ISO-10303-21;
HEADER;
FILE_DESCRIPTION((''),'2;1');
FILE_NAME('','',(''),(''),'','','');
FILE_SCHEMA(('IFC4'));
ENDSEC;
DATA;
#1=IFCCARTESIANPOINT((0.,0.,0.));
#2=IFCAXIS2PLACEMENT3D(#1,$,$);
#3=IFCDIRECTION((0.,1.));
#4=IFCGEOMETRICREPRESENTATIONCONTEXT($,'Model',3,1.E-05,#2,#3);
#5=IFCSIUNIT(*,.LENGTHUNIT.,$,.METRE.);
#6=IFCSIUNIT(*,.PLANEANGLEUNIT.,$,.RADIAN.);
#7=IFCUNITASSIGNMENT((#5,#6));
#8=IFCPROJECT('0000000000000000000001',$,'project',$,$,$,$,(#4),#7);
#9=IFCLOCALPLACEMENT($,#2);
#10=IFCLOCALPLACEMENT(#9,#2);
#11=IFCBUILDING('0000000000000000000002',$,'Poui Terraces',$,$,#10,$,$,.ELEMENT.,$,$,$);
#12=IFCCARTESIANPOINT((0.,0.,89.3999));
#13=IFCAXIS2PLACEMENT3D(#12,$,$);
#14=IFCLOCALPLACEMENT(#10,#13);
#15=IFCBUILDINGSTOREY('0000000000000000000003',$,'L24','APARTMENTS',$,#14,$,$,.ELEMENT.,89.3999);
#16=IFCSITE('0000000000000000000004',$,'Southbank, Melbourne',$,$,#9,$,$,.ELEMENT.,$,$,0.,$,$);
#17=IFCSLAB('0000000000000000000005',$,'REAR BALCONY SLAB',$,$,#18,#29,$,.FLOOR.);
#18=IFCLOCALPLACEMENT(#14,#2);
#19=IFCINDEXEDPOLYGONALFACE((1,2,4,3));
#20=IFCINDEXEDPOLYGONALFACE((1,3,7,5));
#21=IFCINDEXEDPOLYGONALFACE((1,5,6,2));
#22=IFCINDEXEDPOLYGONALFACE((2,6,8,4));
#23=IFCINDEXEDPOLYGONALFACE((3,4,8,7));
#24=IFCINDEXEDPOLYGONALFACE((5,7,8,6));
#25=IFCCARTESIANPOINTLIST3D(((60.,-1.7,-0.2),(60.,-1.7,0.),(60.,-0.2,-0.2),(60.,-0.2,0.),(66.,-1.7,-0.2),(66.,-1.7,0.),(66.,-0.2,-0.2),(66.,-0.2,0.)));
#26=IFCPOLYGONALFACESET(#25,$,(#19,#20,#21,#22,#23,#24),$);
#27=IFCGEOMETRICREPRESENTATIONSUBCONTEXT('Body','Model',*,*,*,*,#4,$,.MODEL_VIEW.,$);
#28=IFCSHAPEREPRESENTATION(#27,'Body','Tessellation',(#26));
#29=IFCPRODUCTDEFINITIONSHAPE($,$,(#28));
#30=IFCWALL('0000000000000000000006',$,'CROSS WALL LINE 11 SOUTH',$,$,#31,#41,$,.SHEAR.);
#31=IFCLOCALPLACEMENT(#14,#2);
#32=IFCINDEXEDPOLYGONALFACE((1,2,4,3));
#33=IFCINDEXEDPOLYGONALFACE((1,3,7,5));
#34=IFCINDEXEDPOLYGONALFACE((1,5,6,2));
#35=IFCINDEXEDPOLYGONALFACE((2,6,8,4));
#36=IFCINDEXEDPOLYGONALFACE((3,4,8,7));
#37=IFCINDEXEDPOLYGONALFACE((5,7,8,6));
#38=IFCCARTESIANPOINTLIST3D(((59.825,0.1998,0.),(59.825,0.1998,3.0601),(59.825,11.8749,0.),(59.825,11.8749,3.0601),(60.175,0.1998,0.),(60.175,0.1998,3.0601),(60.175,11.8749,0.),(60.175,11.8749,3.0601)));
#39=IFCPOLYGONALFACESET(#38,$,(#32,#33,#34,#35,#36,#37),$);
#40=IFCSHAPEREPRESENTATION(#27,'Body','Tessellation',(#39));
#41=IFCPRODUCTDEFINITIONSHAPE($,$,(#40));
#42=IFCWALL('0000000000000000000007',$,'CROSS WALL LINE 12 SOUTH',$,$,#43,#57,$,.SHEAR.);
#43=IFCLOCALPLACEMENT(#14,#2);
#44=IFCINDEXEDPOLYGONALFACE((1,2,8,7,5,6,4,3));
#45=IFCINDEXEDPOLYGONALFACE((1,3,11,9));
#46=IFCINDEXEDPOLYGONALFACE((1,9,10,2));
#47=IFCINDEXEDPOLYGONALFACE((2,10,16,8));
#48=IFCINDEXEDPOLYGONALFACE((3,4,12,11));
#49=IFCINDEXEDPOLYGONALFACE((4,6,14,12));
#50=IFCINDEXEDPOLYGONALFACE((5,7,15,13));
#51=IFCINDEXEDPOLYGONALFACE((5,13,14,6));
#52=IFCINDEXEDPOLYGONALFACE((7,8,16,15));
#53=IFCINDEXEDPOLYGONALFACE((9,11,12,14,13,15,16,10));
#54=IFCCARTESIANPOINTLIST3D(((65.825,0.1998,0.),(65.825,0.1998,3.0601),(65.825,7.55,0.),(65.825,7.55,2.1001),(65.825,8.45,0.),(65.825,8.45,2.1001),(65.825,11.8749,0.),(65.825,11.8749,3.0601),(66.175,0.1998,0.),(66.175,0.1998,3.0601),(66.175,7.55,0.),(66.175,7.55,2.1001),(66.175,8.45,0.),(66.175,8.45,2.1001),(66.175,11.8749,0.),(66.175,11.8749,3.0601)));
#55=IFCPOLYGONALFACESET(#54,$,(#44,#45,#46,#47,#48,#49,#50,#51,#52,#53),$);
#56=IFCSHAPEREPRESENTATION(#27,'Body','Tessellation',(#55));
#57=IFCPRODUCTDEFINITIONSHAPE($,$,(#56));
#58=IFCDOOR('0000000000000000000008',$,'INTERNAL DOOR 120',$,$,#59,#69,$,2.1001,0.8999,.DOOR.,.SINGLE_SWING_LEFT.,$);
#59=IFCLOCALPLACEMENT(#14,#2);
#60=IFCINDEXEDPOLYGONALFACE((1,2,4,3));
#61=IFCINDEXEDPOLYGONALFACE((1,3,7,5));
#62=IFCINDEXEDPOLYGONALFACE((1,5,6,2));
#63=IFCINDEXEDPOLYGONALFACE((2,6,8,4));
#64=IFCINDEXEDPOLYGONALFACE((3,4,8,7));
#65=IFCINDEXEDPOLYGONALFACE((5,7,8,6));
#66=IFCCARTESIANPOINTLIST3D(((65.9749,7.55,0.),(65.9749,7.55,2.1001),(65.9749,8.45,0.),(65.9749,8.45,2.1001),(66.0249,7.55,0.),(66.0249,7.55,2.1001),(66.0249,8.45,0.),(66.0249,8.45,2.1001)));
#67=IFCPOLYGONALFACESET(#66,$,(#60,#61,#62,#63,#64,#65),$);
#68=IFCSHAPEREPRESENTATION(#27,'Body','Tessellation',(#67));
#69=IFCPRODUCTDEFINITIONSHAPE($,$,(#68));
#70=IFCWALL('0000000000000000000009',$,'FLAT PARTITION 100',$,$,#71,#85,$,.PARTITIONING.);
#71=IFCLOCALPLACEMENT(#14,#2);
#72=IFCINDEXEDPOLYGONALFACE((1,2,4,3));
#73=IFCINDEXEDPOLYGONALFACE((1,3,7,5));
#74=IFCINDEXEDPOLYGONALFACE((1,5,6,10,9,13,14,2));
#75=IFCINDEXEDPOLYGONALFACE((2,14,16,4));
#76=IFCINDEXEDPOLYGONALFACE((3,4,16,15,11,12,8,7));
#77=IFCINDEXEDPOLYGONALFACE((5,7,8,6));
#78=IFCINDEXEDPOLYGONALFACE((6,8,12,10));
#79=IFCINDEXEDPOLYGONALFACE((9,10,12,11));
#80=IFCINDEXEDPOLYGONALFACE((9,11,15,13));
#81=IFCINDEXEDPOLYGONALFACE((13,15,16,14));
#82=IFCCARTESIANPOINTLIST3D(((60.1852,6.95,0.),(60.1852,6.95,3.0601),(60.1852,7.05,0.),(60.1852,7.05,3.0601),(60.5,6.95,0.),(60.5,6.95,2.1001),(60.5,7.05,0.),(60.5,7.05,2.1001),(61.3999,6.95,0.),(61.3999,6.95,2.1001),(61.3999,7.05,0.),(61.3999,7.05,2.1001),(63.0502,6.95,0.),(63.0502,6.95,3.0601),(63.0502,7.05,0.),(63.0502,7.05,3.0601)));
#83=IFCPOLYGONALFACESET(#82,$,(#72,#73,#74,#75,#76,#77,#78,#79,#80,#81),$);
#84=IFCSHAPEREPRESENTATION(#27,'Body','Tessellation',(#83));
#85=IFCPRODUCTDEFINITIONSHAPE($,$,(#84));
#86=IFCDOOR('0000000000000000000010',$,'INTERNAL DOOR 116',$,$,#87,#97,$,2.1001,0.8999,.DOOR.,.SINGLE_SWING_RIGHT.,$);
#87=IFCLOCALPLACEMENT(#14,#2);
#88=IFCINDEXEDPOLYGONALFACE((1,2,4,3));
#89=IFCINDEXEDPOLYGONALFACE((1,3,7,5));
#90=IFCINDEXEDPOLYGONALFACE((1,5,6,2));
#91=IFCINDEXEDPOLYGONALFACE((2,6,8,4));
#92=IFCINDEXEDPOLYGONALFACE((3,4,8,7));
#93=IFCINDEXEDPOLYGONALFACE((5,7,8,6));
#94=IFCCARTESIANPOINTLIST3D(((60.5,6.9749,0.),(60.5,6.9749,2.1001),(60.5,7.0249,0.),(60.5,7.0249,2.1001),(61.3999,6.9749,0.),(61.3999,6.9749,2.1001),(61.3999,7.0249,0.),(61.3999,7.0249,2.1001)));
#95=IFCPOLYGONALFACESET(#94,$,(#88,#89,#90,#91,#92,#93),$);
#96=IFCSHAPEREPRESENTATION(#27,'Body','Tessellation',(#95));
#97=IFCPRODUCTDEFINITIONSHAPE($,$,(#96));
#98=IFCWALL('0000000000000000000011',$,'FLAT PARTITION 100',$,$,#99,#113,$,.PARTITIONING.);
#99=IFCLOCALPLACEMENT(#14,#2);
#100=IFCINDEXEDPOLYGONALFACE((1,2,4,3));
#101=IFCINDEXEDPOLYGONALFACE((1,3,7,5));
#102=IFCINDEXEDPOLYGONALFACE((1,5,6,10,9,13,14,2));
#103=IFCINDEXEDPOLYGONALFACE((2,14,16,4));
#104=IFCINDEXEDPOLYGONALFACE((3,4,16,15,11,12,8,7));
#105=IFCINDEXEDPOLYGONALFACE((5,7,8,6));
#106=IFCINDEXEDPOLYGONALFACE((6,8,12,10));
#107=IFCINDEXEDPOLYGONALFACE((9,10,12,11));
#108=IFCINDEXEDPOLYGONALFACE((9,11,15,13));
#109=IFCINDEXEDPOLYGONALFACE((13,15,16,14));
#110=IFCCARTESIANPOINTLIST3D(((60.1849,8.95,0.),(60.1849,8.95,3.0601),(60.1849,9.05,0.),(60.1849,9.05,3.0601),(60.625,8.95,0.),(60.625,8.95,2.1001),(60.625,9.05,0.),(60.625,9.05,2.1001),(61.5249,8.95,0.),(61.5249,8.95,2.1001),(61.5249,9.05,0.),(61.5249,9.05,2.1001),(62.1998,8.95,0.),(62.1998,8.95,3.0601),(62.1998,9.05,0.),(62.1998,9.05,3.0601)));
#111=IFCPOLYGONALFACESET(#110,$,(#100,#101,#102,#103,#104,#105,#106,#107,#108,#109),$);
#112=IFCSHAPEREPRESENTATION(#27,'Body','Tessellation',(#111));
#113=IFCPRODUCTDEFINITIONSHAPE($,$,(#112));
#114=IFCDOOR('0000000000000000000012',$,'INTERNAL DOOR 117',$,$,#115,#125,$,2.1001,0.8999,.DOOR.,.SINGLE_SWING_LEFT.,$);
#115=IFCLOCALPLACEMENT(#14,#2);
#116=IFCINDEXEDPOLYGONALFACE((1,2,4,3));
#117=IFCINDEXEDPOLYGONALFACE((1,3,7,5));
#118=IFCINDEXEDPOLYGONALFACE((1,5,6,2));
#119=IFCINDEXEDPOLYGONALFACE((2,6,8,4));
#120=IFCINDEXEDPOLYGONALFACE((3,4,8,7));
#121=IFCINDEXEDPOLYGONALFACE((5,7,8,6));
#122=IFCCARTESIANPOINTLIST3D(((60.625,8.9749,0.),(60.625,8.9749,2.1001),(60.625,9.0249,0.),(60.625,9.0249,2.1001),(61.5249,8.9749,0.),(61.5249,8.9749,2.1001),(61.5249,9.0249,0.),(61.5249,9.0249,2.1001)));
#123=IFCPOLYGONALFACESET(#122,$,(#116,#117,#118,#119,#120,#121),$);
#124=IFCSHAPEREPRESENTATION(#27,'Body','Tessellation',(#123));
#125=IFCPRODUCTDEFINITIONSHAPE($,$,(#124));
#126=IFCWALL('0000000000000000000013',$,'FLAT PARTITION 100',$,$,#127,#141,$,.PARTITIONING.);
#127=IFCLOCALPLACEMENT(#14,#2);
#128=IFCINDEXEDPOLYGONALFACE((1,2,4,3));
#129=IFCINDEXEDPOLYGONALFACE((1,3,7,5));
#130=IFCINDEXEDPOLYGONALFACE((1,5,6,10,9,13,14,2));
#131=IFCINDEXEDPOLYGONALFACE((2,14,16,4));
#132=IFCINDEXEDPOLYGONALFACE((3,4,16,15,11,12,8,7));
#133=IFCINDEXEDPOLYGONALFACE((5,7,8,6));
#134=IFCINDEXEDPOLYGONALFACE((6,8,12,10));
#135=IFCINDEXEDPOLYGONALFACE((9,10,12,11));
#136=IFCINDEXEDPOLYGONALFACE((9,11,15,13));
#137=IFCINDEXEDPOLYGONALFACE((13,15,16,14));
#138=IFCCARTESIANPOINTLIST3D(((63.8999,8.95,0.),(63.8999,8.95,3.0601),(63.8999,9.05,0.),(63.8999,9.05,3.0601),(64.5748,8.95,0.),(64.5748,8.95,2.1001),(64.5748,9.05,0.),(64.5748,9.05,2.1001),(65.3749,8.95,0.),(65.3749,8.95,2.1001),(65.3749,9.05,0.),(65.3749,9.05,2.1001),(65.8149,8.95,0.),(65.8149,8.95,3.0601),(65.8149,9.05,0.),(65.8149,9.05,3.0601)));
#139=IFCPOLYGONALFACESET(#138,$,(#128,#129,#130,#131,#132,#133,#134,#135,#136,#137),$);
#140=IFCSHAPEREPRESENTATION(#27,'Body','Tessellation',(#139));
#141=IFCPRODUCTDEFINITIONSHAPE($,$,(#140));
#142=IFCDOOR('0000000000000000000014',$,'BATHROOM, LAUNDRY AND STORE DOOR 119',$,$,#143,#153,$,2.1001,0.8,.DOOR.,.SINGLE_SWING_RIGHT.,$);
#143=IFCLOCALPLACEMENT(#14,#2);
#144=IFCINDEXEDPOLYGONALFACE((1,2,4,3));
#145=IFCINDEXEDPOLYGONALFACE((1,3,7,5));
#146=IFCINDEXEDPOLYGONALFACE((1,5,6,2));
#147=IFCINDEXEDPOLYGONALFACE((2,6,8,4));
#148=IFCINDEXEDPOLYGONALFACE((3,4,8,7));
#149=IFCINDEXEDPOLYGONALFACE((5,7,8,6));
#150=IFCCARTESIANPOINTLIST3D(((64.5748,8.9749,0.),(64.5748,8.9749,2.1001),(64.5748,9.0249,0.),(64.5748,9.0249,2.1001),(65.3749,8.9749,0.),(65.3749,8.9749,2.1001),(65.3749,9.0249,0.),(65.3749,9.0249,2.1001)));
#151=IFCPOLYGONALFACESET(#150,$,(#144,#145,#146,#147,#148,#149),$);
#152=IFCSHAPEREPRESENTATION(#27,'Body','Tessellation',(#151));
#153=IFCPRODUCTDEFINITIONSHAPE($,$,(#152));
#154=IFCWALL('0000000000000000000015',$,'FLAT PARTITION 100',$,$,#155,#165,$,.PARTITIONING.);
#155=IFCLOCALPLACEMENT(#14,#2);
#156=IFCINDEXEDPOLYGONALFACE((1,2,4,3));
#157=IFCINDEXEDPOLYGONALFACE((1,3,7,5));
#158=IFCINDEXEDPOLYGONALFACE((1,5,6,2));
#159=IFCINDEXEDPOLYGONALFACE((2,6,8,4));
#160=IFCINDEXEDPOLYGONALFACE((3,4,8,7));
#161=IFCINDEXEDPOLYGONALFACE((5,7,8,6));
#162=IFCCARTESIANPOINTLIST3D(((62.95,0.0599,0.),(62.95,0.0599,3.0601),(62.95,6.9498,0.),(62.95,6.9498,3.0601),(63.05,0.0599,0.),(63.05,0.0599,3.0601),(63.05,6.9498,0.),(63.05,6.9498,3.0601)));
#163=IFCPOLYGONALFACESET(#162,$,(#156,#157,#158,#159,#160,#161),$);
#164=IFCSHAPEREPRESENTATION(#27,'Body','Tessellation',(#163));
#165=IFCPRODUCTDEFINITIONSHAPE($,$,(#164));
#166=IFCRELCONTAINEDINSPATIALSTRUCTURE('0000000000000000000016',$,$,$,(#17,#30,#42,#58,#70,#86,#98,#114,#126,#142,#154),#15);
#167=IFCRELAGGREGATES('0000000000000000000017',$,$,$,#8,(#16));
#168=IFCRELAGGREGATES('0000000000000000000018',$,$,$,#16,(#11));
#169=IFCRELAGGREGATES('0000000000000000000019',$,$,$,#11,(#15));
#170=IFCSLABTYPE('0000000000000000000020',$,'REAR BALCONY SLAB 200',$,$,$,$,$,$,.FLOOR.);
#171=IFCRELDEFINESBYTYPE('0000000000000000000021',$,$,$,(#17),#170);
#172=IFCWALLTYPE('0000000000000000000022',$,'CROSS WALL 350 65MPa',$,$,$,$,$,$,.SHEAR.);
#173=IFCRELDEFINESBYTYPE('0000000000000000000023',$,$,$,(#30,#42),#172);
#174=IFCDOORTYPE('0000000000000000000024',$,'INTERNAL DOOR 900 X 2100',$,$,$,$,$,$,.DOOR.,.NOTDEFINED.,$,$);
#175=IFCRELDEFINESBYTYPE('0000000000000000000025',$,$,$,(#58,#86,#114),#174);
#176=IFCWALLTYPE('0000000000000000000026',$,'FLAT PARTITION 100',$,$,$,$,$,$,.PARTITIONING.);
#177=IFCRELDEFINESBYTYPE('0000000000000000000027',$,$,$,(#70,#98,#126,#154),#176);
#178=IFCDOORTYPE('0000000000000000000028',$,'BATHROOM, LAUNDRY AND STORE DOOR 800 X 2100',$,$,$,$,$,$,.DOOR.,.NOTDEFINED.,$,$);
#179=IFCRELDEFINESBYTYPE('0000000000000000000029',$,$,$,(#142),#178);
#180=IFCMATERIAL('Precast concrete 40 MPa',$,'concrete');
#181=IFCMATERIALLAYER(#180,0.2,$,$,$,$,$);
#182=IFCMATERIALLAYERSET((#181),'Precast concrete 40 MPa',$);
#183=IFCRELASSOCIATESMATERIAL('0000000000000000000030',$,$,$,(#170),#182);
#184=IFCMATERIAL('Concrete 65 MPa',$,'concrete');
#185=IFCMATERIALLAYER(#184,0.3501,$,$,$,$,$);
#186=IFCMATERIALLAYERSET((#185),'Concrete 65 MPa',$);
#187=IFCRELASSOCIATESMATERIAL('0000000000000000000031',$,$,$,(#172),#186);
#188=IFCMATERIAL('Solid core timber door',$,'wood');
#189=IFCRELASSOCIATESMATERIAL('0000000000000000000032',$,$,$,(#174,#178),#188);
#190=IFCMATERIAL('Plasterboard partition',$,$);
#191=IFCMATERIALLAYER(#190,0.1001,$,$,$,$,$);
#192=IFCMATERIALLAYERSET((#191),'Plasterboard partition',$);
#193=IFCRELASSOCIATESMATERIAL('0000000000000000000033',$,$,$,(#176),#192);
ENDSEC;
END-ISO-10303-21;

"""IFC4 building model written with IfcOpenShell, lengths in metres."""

from ifc_helpers import new_model, si_unit, direction, frame, frame_2d, origin, place, context, subcontext, project, spatial, polyline, rectangle, outline, extrude, source, transform, mapped, material, layer, layer_set, type_object, element, fill, save


model = new_model("IFC4")

# Units and contexts
model_context = context("Model", 3, precision=1e-05, world=origin(), true_north=direction((0.0, 1.0)))
body_context = subcontext(model_context, "Body", "Model", "MODEL_VIEW")
ifc_project = project(units=[si_unit("LENGTHUNIT", "METRE"), si_unit("PLANEANGLEUNIT", "RADIAN")], contexts=[model_context])

# Site, building, storey
site_placement = place(None, origin())
site = spatial("IfcSite", under=ifc_project, at=site_placement, Name="Southbank, Melbourne", CompositionType="ELEMENT", RefElevation=0.0)
building_placement = place(site_placement, origin())
building = spatial("IfcBuilding", under=site, at=building_placement, Name="Poui Terraces", CompositionType="ELEMENT")
storey_placement = place(building_placement, frame((0.0, 0.0, 89.3999)))
storey = spatial("IfcBuildingStorey", under=building, at=storey_placement, Name="L24", Description="APARTMENTS", CompositionType="ELEMENT", Elevation=89.3999)

# Slab
ifc_material_1 = material(Name="Precast concrete 40 MPa", Category="concrete")
ifc_layer_1 = layer(ifc_material_1, 0.2)
ifc_layer_set_1 = layer_set([ifc_layer_1], Name="Precast concrete 40 MPa")
slab_type = type_object("IfcSlabType", Name="REAR BALCONY SLAB 200", PredefinedType="FLOOR", material=ifc_layer_set_1)
shared_shape_1 = source(origin(), body_context, "Body", "SweptSolid", [
    extrude(outline(polyline([(0.0, 0.0), (6.0, 0.0), (6.0, 1.5), (0.0, 1.5), (0.0, 0.0)])), origin(), (0.0, 0.0, 1.0), 0.2),
])
slab_placement = place(storey_placement, frame((60.0, -1.7, -0.2)))
element("IfcSlab", 1, at=slab_placement, inside=storey, type_object=slab_type, Name="REAR BALCONY SLAB", PredefinedType="FLOOR", context=body_context, shape_type="MappedRepresentation", body=[
    mapped(shared_shape_1, transform((0.0, 0.0, 0.0))),
])

# Wall
ifc_material_2 = material(Name="Concrete 65 MPa", Category="concrete")
ifc_layer_2 = layer(ifc_material_2, 0.3501)
ifc_layer_set_2 = layer_set([ifc_layer_2], Name="Concrete 65 MPa")
wall_type_1 = type_object("IfcWallType", Name="CROSS WALL 350 65MPa", PredefinedType="SHEAR", material=ifc_layer_set_2)
wall_1_placement = place(storey_placement, frame((60.0, 0.2, 0.0), z_axis=(0.0, 0.0, 1.0), x_axis=(0.0, 1.0, 0.0)))
element("IfcWall", 2, at=wall_1_placement, inside=storey, type_object=wall_type_1, Name="CROSS WALL LINE 11 SOUTH", PredefinedType="SHEAR", context=body_context, shape_type="SweptSolid", body=[
    extrude(rectangle(XDim=11.675, YDim=0.3501, at=frame_2d((5.8374, 0.0))), origin(), (0.0, 0.0, 1.0), 3.0601),
])

# Walls, openings, doors
wall_2_placement = place(storey_placement, frame((66.0, 0.2, 0.0), z_axis=(0.0, 0.0, 1.0), x_axis=(0.0, 1.0, 0.0)))
wall_2 = element("IfcWall", 3, at=wall_2_placement, inside=storey, type_object=wall_type_1, Name="CROSS WALL LINE 12 SOUTH", PredefinedType="SHEAR", context=body_context, shape_type="SweptSolid", body=[
    extrude(rectangle(XDim=11.675, YDim=0.3501, at=frame_2d((5.8374, 0.0))), origin(), (0.0, 0.0, 1.0), 3.0601),
])
opening_1_placement = place(wall_2_placement, frame((7.3501, 0.0, 0.0)))
opening_1 = element("IfcOpeningElement", 4, at=opening_1_placement, cuts=wall_2, PredefinedType="OPENING", context=body_context, shape_type="SweptSolid", body=[
    extrude(rectangle(XDim=0.8999, YDim=2.1001, at=frame_2d((0.45, 1.05))), frame((0.0, 0.1851, 0.0), z_axis=(0.0, -1.0, 0.0), x_axis=(1.0, 0.0, 0.0)), (0.0, 0.0, 1.0), 0.3701),
])
ifc_material_3 = material(Name="Solid core timber door", Category="wood")
door_type_1 = type_object("IfcDoorType", Name="INTERNAL DOOR 900 X 2100", OperationType="NOTDEFINED", PredefinedType="DOOR", material=ifc_material_3)
door_1_placement = place(opening_1_placement, frame((0.8999, 0.0, 0.0), z_axis=(0.0, 0.0, 1.0), x_axis=(-1.0, 0.0, 0.0)))
door_1 = element("IfcDoor", 5, at=door_1_placement, inside=storey, type_object=door_type_1, Name="INTERNAL DOOR 120", OperationType="SINGLE_SWING_LEFT", OverallHeight=2.1001, OverallWidth=0.8999, PredefinedType="DOOR", context=body_context, shape_type="SweptSolid", body=[
    extrude(rectangle(XDim=0.8999, YDim=2.1001, at=frame_2d((0.45, 1.05))), frame((0.0, 0.0249, 0.0), z_axis=(0.0, -1.0, 0.0), x_axis=(1.0, 0.0, 0.0)), (0.0, 0.0, 1.0), 0.05),
])
fill(opening_1, door_1)
ifc_material_4 = material(Name="Plasterboard partition")
ifc_layer_3 = layer(ifc_material_4, 0.1001)
ifc_layer_set_3 = layer_set([ifc_layer_3], Name="Plasterboard partition")
wall_type_2 = type_object("IfcWallType", Name="FLAT PARTITION 100", PredefinedType="PARTITIONING", material=ifc_layer_set_3)
wall_3_placement = place(storey_placement, frame((60.1851, 7.0, 0.0), z_axis=(0.0, 0.0, 1.0), x_axis=(1.0, 0.0, 0.0)))
wall_3 = element("IfcWall", 6, at=wall_3_placement, inside=storey, type_object=wall_type_2, Name="FLAT PARTITION 100", PredefinedType="PARTITIONING", context=body_context, shape_type="SweptSolid", body=[
    extrude(rectangle(XDim=2.865, YDim=0.1001, at=frame_2d((1.4326, 0.0))), origin(), (0.0, 0.0, 1.0), 3.0601),
])
opening_2_placement = place(wall_3_placement, frame((0.3149, 0.0, 0.0)))
opening_2 = element("IfcOpeningElement", 7, at=opening_2_placement, cuts=wall_3, PredefinedType="OPENING", context=body_context, shape_type="SweptSolid", body=[
    extrude(rectangle(XDim=0.8999, YDim=2.1001, at=frame_2d((0.45, 1.05))), frame((0.0, 0.0601, 0.0), z_axis=(0.0, -1.0, 0.0), x_axis=(1.0, 0.0, 0.0)), (0.0, 0.0, 1.0), 0.1201),
])
door_2_placement = place(opening_2_placement, origin())
door_2 = element("IfcDoor", 8, at=door_2_placement, inside=storey, type_object=door_type_1, Name="INTERNAL DOOR 116", OperationType="SINGLE_SWING_RIGHT", OverallHeight=2.1001, OverallWidth=0.8999, PredefinedType="DOOR", context=body_context, shape_type="SweptSolid", body=[
    extrude(rectangle(XDim=0.8999, YDim=2.1001, at=frame_2d((0.45, 1.05))), frame((0.0, 0.0249, 0.0), z_axis=(0.0, -1.0, 0.0), x_axis=(1.0, 0.0, 0.0)), (0.0, 0.0, 1.0), 0.05),
])
fill(opening_2, door_2)
wall_4_placement = place(storey_placement, frame((60.1851, 9.0, 0.0), z_axis=(0.0, 0.0, 1.0), x_axis=(1.0, 0.0, 0.0)))
wall_4 = element("IfcWall", 9, at=wall_4_placement, inside=storey, type_object=wall_type_2, Name="FLAT PARTITION 100", PredefinedType="PARTITIONING", context=body_context, shape_type="SweptSolid", body=[
    extrude(rectangle(XDim=2.0149, YDim=0.1001, at=frame_2d((1.0073, 0.0))), origin(), (0.0, 0.0, 1.0), 3.0601),
])
opening_3_placement = place(wall_4_placement, frame((0.4399, 0.0, 0.0)))
opening_3 = element("IfcOpeningElement", 10, at=opening_3_placement, cuts=wall_4, PredefinedType="OPENING", context=body_context, shape_type="SweptSolid", body=[
    extrude(rectangle(XDim=0.8999, YDim=2.1001, at=frame_2d((0.45, 1.05))), frame((0.0, 0.0601, 0.0), z_axis=(0.0, -1.0, 0.0), x_axis=(1.0, 0.0, 0.0)), (0.0, 0.0, 1.0), 0.1201),
])
door_3_placement = place(opening_3_placement, origin())
door_3 = element("IfcDoor", 11, at=door_3_placement, inside=storey, type_object=door_type_1, Name="INTERNAL DOOR 117", OperationType="SINGLE_SWING_LEFT", OverallHeight=2.1001, OverallWidth=0.8999, PredefinedType="DOOR", context=body_context, shape_type="SweptSolid", body=[
    extrude(rectangle(XDim=0.8999, YDim=2.1001, at=frame_2d((0.45, 1.05))), frame((0.0, 0.0249, 0.0), z_axis=(0.0, -1.0, 0.0), x_axis=(1.0, 0.0, 0.0)), (0.0, 0.0, 1.0), 0.05),
])
fill(opening_3, door_3)
wall_5_placement = place(storey_placement, frame((63.8999, 9.0, 0.0), z_axis=(0.0, 0.0, 1.0), x_axis=(1.0, 0.0, 0.0)))
wall_5 = element("IfcWall", 12, at=wall_5_placement, inside=storey, type_object=wall_type_2, Name="FLAT PARTITION 100", PredefinedType="PARTITIONING", context=body_context, shape_type="SweptSolid", body=[
    extrude(rectangle(XDim=1.915, YDim=0.1001, at=frame_2d((0.9575, 0.0))), origin(), (0.0, 0.0, 1.0), 3.0601),
])
opening_4_placement = place(wall_5_placement, frame((0.675, 0.0, 0.0)))
opening_4 = element("IfcOpeningElement", 13, at=opening_4_placement, cuts=wall_5, PredefinedType="OPENING", context=body_context, shape_type="SweptSolid", body=[
    extrude(rectangle(XDim=0.8, YDim=2.1001, at=frame_2d((0.3999, 1.05))), frame((0.0, 0.0601, 0.0), z_axis=(0.0, -1.0, 0.0), x_axis=(1.0, 0.0, 0.0)), (0.0, 0.0, 1.0), 0.1201),
])
door_type_2 = type_object("IfcDoorType", Name="BATHROOM, LAUNDRY AND STORE DOOR 800 X 2100", OperationType="NOTDEFINED", PredefinedType="DOOR", material=ifc_material_3)
door_4_placement = place(opening_4_placement, origin())
door_4 = element("IfcDoor", 14, at=door_4_placement, inside=storey, type_object=door_type_2, Name="BATHROOM, LAUNDRY AND STORE DOOR 119", OperationType="SINGLE_SWING_RIGHT", OverallHeight=2.1001, OverallWidth=0.8, PredefinedType="DOOR", context=body_context, shape_type="SweptSolid", body=[
    extrude(rectangle(XDim=0.8, YDim=2.1001, at=frame_2d((0.3999, 1.05))), frame((0.0, 0.0249, 0.0), z_axis=(0.0, -1.0, 0.0), x_axis=(1.0, 0.0, 0.0)), (0.0, 0.0, 1.0), 0.05),
])
fill(opening_4, door_4)

# Wall
wall_6_placement = place(storey_placement, frame((63.0, 0.0601, 0.0), z_axis=(0.0, 0.0, 1.0), x_axis=(0.0, 1.0, 0.0)))
element("IfcWall", 15, at=wall_6_placement, inside=storey, type_object=wall_type_2, Name="FLAT PARTITION 100", PredefinedType="PARTITIONING", context=body_context, shape_type="SweptSolid", body=[
    extrude(rectangle(XDim=6.8899, YDim=0.1001, at=frame_2d((3.4448, 0.0))), origin(), (0.0, 0.0, 1.0), 3.0601),
])

save(model, "model.ifc")
